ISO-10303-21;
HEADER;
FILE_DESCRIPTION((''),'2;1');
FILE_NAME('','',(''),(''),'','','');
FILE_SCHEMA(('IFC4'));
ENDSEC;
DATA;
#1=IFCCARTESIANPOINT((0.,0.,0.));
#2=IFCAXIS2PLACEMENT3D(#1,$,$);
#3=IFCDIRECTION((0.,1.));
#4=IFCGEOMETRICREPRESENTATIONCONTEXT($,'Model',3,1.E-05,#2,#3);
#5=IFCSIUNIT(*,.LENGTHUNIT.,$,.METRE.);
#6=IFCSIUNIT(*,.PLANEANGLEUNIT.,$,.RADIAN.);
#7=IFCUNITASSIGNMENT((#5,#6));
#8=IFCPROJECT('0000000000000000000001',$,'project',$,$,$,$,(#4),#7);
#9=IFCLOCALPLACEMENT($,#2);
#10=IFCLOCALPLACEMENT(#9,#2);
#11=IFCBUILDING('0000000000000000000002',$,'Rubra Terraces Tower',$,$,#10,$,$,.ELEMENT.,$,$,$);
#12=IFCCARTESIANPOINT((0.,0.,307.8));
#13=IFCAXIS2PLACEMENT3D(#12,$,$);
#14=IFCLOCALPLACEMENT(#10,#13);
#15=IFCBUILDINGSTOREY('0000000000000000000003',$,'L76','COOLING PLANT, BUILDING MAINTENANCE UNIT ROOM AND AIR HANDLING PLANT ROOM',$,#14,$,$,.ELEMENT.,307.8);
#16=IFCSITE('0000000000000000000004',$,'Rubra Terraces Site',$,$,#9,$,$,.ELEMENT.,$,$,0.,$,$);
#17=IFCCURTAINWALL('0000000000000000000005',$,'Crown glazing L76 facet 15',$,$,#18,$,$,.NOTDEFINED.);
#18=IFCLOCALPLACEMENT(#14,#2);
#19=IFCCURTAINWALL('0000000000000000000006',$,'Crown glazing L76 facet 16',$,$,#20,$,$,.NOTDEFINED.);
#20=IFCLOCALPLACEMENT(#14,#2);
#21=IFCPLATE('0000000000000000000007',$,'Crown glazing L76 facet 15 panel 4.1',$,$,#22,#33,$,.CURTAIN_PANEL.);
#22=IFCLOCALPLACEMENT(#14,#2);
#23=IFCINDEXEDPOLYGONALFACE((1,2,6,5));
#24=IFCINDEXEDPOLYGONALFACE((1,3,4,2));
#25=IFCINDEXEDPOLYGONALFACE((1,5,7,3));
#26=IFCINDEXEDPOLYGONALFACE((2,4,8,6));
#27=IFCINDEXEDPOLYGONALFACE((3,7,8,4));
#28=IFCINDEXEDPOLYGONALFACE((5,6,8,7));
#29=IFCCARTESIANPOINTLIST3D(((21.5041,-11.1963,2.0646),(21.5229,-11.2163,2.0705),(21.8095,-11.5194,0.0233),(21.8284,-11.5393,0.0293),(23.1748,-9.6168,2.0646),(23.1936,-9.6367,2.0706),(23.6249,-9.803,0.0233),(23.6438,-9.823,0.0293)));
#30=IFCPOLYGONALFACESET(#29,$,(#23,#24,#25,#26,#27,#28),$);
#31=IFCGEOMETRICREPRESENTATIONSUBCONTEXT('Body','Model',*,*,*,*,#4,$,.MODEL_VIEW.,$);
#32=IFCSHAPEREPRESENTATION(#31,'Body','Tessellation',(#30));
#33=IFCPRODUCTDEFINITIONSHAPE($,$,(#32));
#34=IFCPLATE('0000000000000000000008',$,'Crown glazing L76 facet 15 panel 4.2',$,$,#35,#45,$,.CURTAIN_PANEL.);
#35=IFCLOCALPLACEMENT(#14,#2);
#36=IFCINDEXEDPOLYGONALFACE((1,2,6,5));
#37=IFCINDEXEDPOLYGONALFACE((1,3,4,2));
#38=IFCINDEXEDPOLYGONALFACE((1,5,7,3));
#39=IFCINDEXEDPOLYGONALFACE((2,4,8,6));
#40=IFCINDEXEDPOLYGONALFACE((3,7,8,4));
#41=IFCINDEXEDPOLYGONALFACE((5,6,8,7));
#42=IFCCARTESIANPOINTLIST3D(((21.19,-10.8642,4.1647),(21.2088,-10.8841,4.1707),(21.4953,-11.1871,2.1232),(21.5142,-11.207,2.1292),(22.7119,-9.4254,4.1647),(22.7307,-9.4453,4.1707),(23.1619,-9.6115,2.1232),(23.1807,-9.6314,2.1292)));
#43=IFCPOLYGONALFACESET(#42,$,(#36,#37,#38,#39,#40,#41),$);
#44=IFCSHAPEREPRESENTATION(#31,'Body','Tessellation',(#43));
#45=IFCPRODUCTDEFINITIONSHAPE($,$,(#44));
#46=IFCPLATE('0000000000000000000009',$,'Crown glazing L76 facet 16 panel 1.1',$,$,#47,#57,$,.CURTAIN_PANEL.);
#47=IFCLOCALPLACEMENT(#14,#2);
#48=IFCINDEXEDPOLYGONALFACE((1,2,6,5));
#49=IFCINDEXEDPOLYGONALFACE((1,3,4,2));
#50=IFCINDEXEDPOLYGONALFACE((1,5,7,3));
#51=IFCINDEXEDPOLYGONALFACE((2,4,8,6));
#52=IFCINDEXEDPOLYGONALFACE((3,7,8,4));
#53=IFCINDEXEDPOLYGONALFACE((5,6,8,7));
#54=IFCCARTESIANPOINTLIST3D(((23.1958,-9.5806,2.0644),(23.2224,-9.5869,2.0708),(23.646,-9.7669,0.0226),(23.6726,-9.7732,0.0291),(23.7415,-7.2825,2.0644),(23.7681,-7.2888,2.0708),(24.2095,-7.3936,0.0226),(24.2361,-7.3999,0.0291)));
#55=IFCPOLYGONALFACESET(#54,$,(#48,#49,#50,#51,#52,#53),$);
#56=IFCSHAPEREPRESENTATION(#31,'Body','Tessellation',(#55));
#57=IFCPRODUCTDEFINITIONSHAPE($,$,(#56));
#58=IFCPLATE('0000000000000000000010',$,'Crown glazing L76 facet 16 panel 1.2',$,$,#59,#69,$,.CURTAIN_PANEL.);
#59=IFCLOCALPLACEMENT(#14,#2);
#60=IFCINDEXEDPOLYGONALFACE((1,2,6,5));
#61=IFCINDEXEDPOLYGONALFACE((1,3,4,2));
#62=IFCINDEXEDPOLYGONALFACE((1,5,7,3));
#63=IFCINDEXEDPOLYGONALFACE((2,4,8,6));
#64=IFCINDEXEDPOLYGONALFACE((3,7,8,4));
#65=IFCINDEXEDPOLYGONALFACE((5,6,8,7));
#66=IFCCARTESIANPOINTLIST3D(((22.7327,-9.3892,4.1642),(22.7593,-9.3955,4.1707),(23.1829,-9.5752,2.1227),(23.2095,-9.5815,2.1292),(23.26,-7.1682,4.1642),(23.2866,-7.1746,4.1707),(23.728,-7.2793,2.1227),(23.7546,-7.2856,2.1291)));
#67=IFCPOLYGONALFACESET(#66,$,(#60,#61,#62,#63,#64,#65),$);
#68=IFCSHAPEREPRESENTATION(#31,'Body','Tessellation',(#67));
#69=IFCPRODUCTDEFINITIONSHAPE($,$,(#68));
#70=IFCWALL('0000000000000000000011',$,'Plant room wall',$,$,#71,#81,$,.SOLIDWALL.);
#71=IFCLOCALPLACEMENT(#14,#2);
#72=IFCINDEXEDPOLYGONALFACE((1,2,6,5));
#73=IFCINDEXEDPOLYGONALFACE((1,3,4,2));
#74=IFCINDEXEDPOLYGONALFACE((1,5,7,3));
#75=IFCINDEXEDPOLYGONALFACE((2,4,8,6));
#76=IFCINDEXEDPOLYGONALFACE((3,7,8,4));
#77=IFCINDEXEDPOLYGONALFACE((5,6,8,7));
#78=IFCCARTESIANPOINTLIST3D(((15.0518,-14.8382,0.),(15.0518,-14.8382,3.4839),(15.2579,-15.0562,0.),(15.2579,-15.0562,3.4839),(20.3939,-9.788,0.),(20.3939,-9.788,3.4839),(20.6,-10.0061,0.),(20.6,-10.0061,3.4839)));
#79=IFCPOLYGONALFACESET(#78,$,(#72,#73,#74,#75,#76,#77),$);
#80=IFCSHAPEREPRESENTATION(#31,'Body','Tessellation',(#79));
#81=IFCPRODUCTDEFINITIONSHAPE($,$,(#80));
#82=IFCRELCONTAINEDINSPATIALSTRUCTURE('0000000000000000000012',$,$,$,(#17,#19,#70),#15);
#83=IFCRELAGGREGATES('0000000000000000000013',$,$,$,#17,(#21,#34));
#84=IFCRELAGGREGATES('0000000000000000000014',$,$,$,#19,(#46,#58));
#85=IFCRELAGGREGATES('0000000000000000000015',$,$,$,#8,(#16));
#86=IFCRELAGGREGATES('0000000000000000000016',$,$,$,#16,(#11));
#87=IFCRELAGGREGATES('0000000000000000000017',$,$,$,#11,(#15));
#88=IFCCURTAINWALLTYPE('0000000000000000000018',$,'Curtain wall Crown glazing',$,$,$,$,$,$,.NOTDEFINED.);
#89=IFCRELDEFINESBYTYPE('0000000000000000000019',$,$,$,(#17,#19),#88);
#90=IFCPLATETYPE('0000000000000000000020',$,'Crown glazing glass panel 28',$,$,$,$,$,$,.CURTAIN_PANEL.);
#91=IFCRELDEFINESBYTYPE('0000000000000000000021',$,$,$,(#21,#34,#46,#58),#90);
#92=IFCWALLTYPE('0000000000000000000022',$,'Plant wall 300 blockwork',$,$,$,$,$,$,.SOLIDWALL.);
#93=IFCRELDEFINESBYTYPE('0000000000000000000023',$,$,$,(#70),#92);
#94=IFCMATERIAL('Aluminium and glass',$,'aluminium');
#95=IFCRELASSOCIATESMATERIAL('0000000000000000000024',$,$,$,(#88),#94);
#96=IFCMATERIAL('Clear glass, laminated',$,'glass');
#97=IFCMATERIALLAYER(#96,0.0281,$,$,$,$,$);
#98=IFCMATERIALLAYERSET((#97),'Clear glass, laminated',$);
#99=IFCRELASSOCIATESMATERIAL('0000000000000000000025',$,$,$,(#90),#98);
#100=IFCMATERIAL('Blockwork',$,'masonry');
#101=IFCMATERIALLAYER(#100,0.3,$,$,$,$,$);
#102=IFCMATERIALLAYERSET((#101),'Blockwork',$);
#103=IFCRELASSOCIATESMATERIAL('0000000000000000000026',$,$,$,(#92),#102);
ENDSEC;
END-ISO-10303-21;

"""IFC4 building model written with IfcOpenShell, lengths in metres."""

from ifc_helpers import new_model, si_unit, direction, frame, frame_2d, origin, place, context, subcontext, project, spatial, polyline, rectangle, outline, extrude, material, layer, layer_set, type_object, element, aggregate, save


model = new_model("IFC4")

# Units and contexts
model_context = context("Model", 3, precision=1e-05, world=origin(), true_north=direction((0.0, 1.0)))
body_context = subcontext(model_context, "Body", "Model", "MODEL_VIEW")
ifc_project = project(units=[si_unit("LENGTHUNIT", "METRE"), si_unit("PLANEANGLEUNIT", "RADIAN")], contexts=[model_context])

# Site, building, storey
site_placement = place(None, origin())
site = spatial("IfcSite", under=ifc_project, at=site_placement, Name="Rubra Terraces Site", CompositionType="ELEMENT", RefElevation=0.0)
building_placement = place(site_placement, origin())
building = spatial("IfcBuilding", under=site, at=building_placement, Name="Rubra Terraces Tower", CompositionType="ELEMENT")
storey_placement = place(building_placement, frame((0.0, 0.0, 307.8)))
storey = spatial("IfcBuildingStorey", under=building, at=storey_placement, Name="L76", Description="COOLING PLANT, BUILDING MAINTENANCE UNIT ROOM AND AIR HANDLING PLANT ROOM", CompositionType="ELEMENT", Elevation=307.8)

# Curtain walls
ifc_material_1 = material(Name="Aluminium and glass", Category="aluminium")
curtain_wall_type = type_object("IfcCurtainWallType", Name="Curtain wall Crown glazing", PredefinedType="NOTDEFINED", material=ifc_material_1)
curtain_wall_1_placement = place(storey_placement, origin())
curtain_wall_1 = element("IfcCurtainWall", 1, at=curtain_wall_1_placement, inside=storey, type_object=curtain_wall_type, Name="Crown glazing L76 facet 15", PredefinedType="NOTDEFINED")
curtain_wall_2_placement = place(storey_placement, origin())
curtain_wall_2 = element("IfcCurtainWall", 2, at=curtain_wall_2_placement, inside=storey, type_object=curtain_wall_type, Name="Crown glazing L76 facet 16", PredefinedType="NOTDEFINED")

# Plates
ifc_material_2 = material(Name="Clear glass, laminated", Category="glass")
ifc_layer_1 = layer(ifc_material_2, 0.0281)
ifc_layer_set_1 = layer_set([ifc_layer_1], Name="Clear glass, laminated")
plate_type = type_object("IfcPlateType", Name="Crown glazing glass panel 28", PredefinedType="CURTAIN_PANEL", material=ifc_layer_set_1)
plate_1_placement = place(storey_placement, frame((21.8284, -11.5393, 0.0293), z_axis=(0.67127, -0.710005, 0.212813), x_axis=(0.726651, 0.687007, -0.000005)))
plate_1 = element("IfcPlate", 3, at=plate_1_placement, type_object=plate_type, Name="Crown glazing L76 facet 15 panel 4.1", PredefinedType="CURTAIN_PANEL", context=body_context, shape_type="SweptSolid", body=[
    extrude(outline(polyline([(0.0, 0.0), (2.4983, 0.0), (2.2991, 2.0891), (0.0, 2.0891), (0.0, 0.0)])), origin(), (0.0, 0.0, -1.0), 0.0281),
])
plate_2_placement = place(storey_placement, frame((21.5142, -11.207, 2.1292), z_axis=(0.671271, -0.710035, 0.212708), x_axis=(0.726663, 0.686994, 0.000011)))
plate_2 = element("IfcPlate", 4, at=plate_2_placement, type_object=plate_type, Name="Crown glazing L76 facet 15 panel 4.2", PredefinedType="CURTAIN_PANEL", context=body_context, shape_type="SweptSolid", body=[
    extrude(outline(polyline([(0.0, 0.0), (2.2935, 0.0), (2.0943, 2.0893), (0.0, 2.0893), (0.0, 0.0)])), origin(), (0.0, 0.0, -1.0), 0.0281),
])
aggregate(curtain_wall_1, [plate_1, plate_2])
plate_3_placement = place(storey_placement, frame((23.6726, -9.7732, 0.0291), z_axis=(0.947023, -0.224852, 0.229321), x_axis=(0.231008, 0.972952, 0.000001)))
plate_3 = element("IfcPlate", 5, at=plate_3_placement, type_object=plate_type, Name="Crown glazing L76 facet 16 panel 1.1", PredefinedType="CURTAIN_PANEL", context=body_context, shape_type="SweptSolid", body=[
    extrude(outline(polyline([(0.0, 0.0), (2.4393, 0.0), (2.4392, 2.0976), (0.0772, 2.0977), (0.0, 0.0)])), origin(), (0.0, 0.0, -1.0), 0.0281),
])
plate_4_placement = place(storey_placement, frame((23.2095, -9.5815, 2.1292), z_axis=(0.947017, -0.224866, 0.229335), x_axis=(0.231024, 0.972948, -0.000001)))
plate_4 = element("IfcPlate", 6, at=plate_4_placement, type_object=plate_type, Name="Crown glazing L76 facet 16 panel 1.2", PredefinedType="CURTAIN_PANEL", context=body_context, shape_type="SweptSolid", body=[
    extrude(outline(polyline([(0.0, 0.0), (2.3597, 0.0), (2.3597, 2.0974), (0.077, 2.0974), (0.0, 0.0)])), origin(), (0.0, 0.0, -1.0), 0.0281),
])
aggregate(curtain_wall_2, [plate_3, plate_4])

# Wall
ifc_material_3 = material(Name="Blockwork", Category="masonry")
ifc_layer_2 = layer(ifc_material_3, 0.3)
ifc_layer_set_2 = layer_set([ifc_layer_2], Name="Blockwork")
wall_type = type_object("IfcWallType", Name="Plant wall 300 blockwork", PredefinedType="SOLIDWALL", material=ifc_layer_set_2)
wall_placement = place(storey_placement, frame((20.4971, -9.897, 0.0), z_axis=(0.0, 0.0, 1.0), x_axis=(-0.726688, -0.686968, 0.0)))
element("IfcWall", 7, at=wall_placement, inside=storey, type_object=wall_type, Name="Plant room wall", PredefinedType="SOLIDWALL", context=body_context, shape_type="SweptSolid", body=[
    extrude(rectangle(XDim=7.3513, YDim=0.3, at=frame_2d((3.6758, 0.0))), origin(), (0.0, 0.0, 1.0), 3.4839),
])

save(model, "model.ifc")
